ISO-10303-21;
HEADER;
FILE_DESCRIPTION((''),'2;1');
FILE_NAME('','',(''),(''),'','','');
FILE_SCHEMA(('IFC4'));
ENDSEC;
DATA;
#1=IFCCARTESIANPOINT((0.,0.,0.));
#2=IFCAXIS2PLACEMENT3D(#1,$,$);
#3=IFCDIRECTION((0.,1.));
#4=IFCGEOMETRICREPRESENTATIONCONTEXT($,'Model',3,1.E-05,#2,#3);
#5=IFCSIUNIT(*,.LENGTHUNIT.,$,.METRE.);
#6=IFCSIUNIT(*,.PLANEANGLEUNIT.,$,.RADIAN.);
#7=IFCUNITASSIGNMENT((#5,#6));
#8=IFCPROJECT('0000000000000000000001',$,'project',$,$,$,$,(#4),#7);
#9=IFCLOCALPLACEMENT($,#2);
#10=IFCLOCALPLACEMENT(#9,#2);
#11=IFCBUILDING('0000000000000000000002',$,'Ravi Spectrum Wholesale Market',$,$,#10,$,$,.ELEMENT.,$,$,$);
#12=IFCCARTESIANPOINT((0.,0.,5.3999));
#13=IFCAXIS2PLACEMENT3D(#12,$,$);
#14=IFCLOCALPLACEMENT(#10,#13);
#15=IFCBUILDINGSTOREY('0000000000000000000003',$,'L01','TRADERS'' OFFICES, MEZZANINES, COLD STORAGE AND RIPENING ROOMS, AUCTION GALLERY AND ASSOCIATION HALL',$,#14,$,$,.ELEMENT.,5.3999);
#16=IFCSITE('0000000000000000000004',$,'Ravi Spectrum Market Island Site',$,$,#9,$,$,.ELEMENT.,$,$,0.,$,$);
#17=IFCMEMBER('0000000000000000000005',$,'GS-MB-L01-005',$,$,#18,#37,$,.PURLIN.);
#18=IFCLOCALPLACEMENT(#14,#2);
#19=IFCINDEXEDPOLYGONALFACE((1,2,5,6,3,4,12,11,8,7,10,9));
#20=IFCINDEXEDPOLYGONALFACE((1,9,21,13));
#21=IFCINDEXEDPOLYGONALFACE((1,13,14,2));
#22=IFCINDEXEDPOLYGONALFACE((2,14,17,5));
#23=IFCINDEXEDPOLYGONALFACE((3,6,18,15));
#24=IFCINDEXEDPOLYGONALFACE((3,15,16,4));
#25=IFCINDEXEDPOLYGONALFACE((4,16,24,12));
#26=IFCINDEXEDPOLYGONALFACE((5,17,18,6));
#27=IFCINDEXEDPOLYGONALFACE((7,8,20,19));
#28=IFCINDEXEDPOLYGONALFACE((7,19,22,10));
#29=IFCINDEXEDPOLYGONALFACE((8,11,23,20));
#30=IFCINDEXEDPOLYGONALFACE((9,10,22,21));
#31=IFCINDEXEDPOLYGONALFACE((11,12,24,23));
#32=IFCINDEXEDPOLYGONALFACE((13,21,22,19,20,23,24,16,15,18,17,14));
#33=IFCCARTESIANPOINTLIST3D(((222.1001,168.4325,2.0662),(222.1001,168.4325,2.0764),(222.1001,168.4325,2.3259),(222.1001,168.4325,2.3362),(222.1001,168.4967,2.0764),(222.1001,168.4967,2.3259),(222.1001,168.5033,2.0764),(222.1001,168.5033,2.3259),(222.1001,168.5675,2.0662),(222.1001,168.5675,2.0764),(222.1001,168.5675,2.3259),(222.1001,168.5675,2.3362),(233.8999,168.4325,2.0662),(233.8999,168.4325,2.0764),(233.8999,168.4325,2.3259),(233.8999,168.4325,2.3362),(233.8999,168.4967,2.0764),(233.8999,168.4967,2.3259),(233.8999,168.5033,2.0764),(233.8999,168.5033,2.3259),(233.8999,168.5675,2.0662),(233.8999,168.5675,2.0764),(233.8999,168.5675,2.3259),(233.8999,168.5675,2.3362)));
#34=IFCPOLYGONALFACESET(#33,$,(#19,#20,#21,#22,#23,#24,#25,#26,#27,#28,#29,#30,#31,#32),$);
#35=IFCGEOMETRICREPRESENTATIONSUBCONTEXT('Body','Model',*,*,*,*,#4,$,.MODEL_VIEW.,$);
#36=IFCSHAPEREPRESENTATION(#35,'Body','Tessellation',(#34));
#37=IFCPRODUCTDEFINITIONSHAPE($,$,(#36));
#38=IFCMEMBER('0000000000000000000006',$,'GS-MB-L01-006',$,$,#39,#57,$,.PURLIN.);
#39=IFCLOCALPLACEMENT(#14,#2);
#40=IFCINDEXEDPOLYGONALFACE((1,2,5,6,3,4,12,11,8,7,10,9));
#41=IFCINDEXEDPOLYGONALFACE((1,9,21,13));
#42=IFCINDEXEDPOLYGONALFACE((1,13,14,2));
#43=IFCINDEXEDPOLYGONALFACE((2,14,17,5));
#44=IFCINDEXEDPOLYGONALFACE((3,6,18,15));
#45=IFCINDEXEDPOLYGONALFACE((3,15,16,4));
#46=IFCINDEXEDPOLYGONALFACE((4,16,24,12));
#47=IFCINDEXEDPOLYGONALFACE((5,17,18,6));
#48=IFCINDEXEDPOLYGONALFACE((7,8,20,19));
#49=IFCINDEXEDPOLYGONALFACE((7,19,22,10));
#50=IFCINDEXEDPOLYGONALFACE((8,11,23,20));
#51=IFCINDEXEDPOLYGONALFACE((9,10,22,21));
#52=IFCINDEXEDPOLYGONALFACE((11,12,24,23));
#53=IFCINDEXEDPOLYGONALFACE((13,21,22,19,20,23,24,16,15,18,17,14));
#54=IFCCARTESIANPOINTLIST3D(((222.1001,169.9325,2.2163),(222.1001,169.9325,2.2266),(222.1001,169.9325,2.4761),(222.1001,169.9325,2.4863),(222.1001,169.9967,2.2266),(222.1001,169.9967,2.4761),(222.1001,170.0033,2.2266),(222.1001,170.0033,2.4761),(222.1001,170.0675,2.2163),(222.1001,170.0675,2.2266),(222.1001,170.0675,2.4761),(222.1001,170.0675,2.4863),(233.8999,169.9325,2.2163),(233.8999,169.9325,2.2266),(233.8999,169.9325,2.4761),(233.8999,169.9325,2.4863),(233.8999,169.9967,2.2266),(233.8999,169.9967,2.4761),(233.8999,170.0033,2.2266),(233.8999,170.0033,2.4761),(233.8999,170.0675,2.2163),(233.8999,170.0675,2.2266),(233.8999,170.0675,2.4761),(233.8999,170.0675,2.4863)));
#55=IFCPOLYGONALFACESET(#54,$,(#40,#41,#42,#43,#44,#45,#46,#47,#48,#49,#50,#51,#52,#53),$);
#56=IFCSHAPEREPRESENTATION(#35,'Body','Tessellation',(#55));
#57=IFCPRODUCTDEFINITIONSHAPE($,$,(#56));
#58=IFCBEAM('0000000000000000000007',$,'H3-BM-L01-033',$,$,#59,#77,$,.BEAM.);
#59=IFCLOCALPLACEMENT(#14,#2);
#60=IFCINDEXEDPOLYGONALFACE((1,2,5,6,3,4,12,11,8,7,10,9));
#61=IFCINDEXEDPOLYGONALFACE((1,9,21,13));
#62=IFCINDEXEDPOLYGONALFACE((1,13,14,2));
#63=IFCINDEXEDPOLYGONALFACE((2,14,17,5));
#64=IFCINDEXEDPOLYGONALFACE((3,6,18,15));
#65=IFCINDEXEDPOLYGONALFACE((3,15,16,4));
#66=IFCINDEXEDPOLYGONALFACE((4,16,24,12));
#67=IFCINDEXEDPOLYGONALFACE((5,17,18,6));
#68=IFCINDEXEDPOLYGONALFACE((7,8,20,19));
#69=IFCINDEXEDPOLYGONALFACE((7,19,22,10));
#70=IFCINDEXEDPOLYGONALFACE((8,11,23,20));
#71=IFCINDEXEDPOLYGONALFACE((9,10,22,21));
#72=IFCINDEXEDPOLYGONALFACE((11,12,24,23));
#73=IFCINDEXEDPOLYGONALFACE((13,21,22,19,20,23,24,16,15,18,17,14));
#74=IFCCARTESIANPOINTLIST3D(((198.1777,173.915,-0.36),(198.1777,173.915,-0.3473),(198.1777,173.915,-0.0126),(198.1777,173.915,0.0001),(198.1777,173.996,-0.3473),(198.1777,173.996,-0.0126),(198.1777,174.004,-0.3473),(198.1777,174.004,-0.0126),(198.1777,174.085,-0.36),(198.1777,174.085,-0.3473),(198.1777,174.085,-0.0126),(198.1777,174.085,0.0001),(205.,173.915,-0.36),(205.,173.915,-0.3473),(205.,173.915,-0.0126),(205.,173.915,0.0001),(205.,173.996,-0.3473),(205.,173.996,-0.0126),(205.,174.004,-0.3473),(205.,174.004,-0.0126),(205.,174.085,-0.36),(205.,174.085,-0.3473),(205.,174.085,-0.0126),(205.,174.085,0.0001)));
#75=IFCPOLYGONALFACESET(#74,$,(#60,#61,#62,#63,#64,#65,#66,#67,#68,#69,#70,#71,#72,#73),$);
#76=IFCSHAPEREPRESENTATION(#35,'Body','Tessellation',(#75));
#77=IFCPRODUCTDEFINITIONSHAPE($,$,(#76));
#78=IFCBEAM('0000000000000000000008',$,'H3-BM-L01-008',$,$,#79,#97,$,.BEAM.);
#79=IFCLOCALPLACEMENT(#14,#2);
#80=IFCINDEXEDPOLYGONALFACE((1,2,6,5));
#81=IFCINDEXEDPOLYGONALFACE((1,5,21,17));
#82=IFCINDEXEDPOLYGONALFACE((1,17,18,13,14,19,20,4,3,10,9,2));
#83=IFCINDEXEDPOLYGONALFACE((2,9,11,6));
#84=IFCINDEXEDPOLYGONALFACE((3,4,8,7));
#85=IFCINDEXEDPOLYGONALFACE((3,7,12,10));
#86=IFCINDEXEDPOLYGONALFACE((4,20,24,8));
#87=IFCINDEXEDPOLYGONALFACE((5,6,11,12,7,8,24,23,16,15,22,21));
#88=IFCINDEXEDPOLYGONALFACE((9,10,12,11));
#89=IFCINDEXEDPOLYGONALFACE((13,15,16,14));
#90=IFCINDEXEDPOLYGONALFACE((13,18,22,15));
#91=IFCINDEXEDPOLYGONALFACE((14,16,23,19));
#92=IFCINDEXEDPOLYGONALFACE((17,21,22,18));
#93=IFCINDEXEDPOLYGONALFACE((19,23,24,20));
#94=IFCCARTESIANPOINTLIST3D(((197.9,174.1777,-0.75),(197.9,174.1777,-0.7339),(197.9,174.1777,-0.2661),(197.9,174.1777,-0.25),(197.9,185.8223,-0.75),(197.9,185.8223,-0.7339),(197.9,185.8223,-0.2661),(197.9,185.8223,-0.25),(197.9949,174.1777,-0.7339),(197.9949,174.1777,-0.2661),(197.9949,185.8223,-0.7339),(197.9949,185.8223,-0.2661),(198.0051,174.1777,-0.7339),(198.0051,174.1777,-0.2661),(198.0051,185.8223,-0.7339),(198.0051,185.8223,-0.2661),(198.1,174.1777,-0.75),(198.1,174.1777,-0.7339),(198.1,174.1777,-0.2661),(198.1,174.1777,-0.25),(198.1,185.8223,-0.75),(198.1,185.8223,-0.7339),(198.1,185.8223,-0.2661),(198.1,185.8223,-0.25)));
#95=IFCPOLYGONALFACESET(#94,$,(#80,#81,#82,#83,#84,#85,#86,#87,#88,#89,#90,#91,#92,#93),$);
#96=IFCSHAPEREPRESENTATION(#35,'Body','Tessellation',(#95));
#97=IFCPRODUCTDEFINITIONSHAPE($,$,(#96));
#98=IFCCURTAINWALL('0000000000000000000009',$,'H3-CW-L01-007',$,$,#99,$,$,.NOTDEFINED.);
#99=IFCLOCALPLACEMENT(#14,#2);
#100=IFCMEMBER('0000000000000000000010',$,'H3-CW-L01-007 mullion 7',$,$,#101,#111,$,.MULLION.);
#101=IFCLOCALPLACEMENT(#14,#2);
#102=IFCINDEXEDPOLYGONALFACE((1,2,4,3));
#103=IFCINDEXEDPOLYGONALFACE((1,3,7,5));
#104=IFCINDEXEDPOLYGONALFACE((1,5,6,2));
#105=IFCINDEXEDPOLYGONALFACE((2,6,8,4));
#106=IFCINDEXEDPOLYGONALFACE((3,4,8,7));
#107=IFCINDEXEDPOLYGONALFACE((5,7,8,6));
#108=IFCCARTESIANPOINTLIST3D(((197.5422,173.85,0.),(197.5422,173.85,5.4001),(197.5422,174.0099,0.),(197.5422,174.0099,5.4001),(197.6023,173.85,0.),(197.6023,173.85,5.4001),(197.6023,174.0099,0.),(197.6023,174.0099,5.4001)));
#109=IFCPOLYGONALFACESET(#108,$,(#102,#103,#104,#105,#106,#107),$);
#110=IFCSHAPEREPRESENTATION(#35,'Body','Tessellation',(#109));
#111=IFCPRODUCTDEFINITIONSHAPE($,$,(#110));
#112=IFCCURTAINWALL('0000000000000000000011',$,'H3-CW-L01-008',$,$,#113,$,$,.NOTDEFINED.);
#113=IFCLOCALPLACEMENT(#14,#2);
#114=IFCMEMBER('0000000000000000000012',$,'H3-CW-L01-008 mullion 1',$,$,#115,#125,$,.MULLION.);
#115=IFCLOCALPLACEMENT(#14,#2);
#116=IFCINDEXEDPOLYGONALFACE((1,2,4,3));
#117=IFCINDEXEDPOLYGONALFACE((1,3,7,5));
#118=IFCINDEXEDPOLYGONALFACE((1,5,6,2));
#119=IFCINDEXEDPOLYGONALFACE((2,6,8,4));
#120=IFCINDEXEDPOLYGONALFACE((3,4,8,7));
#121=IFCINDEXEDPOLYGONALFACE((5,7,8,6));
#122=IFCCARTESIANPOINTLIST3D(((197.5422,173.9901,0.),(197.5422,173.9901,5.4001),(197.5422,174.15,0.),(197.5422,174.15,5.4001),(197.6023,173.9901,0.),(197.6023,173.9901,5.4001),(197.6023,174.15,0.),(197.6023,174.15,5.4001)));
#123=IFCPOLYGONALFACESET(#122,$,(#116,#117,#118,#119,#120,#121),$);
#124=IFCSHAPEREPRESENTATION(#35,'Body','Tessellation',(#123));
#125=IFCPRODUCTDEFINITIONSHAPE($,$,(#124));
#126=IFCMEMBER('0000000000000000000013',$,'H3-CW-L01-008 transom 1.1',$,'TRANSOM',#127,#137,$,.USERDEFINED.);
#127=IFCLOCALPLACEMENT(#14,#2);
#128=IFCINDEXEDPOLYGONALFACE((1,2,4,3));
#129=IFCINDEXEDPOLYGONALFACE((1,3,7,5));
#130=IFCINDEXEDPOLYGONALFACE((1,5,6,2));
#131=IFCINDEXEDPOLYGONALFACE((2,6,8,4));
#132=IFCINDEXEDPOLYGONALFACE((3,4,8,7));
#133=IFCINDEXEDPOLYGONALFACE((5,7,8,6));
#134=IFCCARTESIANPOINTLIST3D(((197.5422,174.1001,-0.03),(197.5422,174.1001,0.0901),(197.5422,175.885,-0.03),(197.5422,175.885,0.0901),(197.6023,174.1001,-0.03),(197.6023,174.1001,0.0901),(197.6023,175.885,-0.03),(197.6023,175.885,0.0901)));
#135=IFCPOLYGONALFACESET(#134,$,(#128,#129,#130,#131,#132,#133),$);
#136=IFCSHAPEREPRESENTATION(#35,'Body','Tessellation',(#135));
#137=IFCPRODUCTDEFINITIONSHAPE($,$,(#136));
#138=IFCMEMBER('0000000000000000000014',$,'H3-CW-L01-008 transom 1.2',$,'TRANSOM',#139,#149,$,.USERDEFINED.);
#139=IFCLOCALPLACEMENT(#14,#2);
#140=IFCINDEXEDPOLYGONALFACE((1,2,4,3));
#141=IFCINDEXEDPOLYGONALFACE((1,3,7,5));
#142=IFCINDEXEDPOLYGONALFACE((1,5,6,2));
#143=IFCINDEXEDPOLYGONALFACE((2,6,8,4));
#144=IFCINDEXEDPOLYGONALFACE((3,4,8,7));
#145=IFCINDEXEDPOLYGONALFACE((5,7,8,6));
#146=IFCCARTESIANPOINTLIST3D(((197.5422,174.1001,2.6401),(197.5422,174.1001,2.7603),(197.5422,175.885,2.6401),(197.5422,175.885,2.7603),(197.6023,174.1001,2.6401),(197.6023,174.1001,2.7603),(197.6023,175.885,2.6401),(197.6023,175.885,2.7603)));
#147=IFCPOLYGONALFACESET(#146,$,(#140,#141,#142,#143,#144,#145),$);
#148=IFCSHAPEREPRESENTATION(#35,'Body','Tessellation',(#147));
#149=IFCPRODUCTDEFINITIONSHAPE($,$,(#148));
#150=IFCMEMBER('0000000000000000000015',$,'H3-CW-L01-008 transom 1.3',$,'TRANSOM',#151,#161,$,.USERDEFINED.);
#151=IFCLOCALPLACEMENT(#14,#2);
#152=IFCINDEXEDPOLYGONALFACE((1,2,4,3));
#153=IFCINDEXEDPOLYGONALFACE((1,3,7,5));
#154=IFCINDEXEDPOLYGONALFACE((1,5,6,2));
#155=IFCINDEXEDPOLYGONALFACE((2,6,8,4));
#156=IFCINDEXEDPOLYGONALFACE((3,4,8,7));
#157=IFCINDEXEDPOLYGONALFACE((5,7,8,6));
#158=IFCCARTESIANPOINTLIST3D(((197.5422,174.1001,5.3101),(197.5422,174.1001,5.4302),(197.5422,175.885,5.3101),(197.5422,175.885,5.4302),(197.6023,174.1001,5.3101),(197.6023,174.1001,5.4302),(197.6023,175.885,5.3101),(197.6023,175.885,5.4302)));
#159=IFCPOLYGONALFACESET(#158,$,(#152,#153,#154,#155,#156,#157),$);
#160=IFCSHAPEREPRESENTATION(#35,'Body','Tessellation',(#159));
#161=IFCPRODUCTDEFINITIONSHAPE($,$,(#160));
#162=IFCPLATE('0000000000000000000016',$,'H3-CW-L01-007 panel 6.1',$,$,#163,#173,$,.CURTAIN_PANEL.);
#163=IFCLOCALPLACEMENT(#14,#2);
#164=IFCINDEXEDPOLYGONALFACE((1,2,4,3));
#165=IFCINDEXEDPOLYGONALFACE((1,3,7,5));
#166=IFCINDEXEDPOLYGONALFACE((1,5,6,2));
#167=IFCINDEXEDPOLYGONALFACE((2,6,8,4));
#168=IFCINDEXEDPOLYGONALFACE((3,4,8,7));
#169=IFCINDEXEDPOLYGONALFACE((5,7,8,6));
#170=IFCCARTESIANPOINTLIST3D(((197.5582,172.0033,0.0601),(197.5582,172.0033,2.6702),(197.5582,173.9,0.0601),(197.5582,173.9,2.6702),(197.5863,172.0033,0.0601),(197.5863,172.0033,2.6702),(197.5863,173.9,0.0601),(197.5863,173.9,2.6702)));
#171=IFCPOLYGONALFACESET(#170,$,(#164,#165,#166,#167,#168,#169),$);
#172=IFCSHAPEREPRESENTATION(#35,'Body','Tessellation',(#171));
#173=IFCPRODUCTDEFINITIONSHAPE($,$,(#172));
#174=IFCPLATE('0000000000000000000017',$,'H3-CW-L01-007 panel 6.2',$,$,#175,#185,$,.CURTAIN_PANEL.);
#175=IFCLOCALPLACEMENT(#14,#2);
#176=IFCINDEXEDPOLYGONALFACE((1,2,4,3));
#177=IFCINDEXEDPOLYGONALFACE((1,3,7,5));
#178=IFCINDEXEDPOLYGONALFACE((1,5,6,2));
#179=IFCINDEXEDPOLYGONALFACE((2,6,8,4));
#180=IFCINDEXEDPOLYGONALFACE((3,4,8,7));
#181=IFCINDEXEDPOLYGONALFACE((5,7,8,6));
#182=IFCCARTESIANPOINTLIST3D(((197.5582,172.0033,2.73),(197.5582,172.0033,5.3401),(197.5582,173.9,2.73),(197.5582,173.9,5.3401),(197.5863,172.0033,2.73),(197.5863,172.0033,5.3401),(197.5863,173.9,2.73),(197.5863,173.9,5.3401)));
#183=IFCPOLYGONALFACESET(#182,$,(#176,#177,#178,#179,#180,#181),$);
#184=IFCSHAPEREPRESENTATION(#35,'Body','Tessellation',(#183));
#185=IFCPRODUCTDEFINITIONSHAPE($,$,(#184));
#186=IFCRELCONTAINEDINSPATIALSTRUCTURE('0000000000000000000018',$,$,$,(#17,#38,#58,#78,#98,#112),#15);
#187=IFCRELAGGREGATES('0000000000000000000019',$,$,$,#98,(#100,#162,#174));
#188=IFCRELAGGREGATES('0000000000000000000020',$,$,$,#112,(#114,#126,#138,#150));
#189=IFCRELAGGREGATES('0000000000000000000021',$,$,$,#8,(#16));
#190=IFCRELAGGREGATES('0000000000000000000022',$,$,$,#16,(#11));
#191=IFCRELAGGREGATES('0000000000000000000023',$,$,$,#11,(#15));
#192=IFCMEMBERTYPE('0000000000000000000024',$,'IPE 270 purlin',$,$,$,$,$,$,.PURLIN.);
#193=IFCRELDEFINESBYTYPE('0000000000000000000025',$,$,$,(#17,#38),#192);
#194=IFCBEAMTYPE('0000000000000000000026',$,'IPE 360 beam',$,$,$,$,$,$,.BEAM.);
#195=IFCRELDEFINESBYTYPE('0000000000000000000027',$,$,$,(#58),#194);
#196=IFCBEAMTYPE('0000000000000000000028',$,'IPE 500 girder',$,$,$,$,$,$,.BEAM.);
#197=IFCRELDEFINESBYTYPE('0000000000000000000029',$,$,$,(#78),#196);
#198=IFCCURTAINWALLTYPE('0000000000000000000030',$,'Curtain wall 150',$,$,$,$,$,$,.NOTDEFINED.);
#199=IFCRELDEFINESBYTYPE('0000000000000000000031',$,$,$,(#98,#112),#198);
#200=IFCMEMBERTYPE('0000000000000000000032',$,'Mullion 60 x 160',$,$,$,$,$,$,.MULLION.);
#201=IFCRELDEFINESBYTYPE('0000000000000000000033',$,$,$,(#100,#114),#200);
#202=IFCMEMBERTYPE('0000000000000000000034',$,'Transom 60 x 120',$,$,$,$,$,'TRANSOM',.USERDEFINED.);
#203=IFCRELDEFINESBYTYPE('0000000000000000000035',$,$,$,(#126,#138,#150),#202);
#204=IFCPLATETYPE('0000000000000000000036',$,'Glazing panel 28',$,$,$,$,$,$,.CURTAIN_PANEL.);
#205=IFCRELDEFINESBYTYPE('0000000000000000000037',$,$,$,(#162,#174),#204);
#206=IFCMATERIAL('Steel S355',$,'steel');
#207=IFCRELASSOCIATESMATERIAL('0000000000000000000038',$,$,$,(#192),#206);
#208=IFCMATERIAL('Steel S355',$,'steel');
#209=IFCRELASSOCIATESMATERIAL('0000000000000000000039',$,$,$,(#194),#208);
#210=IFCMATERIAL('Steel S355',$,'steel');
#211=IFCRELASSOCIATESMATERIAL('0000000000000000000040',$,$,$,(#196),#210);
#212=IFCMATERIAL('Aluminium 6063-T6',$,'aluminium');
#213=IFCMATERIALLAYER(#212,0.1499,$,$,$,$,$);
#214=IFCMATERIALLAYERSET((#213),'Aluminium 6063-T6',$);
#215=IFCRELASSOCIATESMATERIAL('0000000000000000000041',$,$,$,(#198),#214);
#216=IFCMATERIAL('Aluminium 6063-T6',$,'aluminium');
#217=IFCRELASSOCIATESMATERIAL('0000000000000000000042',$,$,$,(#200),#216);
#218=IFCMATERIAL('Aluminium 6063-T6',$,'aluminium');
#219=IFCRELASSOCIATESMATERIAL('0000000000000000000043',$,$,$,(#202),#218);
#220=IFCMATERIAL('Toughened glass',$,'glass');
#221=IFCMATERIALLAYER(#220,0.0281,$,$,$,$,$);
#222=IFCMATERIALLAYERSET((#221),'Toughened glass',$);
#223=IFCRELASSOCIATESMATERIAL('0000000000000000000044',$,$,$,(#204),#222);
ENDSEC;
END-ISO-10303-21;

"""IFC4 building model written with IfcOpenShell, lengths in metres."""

from ifc_helpers import new_model, si_unit, direction, frame, origin, origin_2d, place, context, subcontext, project, spatial, rectangle, i_section, extrude, material, layer, layer_set, material_profile, profile_set, type_object, element, aggregate, save


model = new_model("IFC4")

# Units and contexts
model_context = context("Model", 3, precision=1e-05, world=origin(), true_north=direction((0.0, 1.0)))
body_context = subcontext(model_context, "Body", "Model", "MODEL_VIEW")
ifc_project = project(units=[si_unit("LENGTHUNIT", "METRE"), si_unit("PLANEANGLEUNIT", "RADIAN")], contexts=[model_context])

# Site, building, storey
site_placement = place(None, origin())
site = spatial("IfcSite", under=ifc_project, at=site_placement, Name="Ravi Spectrum Market Island Site", CompositionType="ELEMENT", RefElevation=0.0)
building_placement = place(site_placement, origin())
building = spatial("IfcBuilding", under=site, at=building_placement, Name="Ravi Spectrum Wholesale Market", CompositionType="ELEMENT")
storey_placement = place(building_placement, frame((0.0, 0.0, 5.3999)))
storey = spatial("IfcBuildingStorey", under=building, at=storey_placement, Name="L01", Description="TRADERS' OFFICES, MEZZANINES, COLD STORAGE AND RIPENING ROOMS, AUCTION GALLERY AND ASSOCIATION HALL", CompositionType="ELEMENT", Elevation=5.3999)

# Members
ifc_material_1 = material(Name="Steel S355", Category="steel")
ifc_material_profile_1 = material_profile(ifc_material_1, i_section(OverallWidth=0.135, OverallDepth=0.27, WebThickness=0.0066, FlangeThickness=0.0103, at=origin_2d()))
ifc_profile_set_1 = profile_set([ifc_material_profile_1], Name="Steel S355")
member_type_1 = type_object("IfcMemberType", Name="IPE 270 purlin", PredefinedType="PURLIN", material=ifc_profile_set_1)
for number, where, z_axis, x_axis, name in (
    (1, (222.1001, 168.5, 2.2012), (1.0, 0.0, 0.0), (0.0, 1.0, 0.0), "GS-MB-L01-005"),
    (2, (222.1001, 170.0, 2.3513), (1.0, 0.0, 0.0), (0.0, 1.0, 0.0), "GS-MB-L01-006"),
):
    element("IfcMember", number, at=place(storey_placement, frame(where, z_axis=z_axis, x_axis=x_axis)), inside=storey, type_object=member_type_1, Name=name, PredefinedType="PURLIN", context=body_context, shape_type="SweptSolid", body=[
        extrude(i_section(OverallWidth=0.135, OverallDepth=0.27, WebThickness=0.0066, FlangeThickness=0.0103, at=origin_2d()), origin(), (0.0, 0.0, 1.0), 11.7998),
    ])

# Beams
ifc_material_2 = material(Name="Steel S355", Category="steel")
ifc_material_profile_2 = material_profile(ifc_material_2, i_section(OverallWidth=0.1699, OverallDepth=0.3601, WebThickness=0.0081, FlangeThickness=0.0127, at=origin_2d()))
ifc_profile_set_2 = profile_set([ifc_material_profile_2], Name="Steel S355")
beam_type_1 = type_object("IfcBeamType", Name="IPE 360 beam", PredefinedType="BEAM", material=ifc_profile_set_2)
beam_1_placement = place(storey_placement, frame((198.1777, 174.0, -0.1799), z_axis=(1.0, 0.0, 0.0), x_axis=(0.0, 1.0, 0.0)))
element("IfcBeam", 3, at=beam_1_placement, inside=storey, type_object=beam_type_1, Name="H3-BM-L01-033", PredefinedType="BEAM", context=body_context, shape_type="SweptSolid", body=[
    extrude(i_section(OverallWidth=0.1699, OverallDepth=0.3601, WebThickness=0.0081, FlangeThickness=0.0127, at=origin_2d()), origin(), (0.0, 0.0, 1.0), 6.8223),
])
ifc_material_3 = material(Name="Steel S355", Category="steel")
ifc_material_profile_3 = material_profile(ifc_material_3, i_section(OverallWidth=0.2, OverallDepth=0.5, WebThickness=0.0103, FlangeThickness=0.0161, at=origin_2d()))
ifc_profile_set_3 = profile_set([ifc_material_profile_3], Name="Steel S355")
beam_type_2 = type_object("IfcBeamType", Name="IPE 500 girder", PredefinedType="BEAM", material=ifc_profile_set_3)
beam_2_placement = place(storey_placement, frame((198.0, 174.1777, -0.5), z_axis=(0.0, 1.0, 0.0), x_axis=(-1.0, 0.0, 0.0)))
element("IfcBeam", 4, at=beam_2_placement, inside=storey, type_object=beam_type_2, Name="H3-BM-L01-008", PredefinedType="BEAM", context=body_context, shape_type="SweptSolid", body=[
    extrude(i_section(OverallWidth=0.2, OverallDepth=0.5, WebThickness=0.0103, FlangeThickness=0.0161, at=origin_2d()), origin(), (0.0, 0.0, 1.0), 11.6445),
])

# Curtain wall, member
ifc_material_4 = material(Name="Aluminium 6063-T6", Category="aluminium")
ifc_layer_1 = layer(ifc_material_4, 0.1499)
ifc_layer_set_1 = layer_set([ifc_layer_1], Name="Aluminium 6063-T6")
curtain_wall_type = type_object("IfcCurtainWallType", Name="Curtain wall 150", PredefinedType="NOTDEFINED", material=ifc_layer_set_1)
curtain_wall_1_placement = place(storey_placement, origin())
curtain_wall_1 = element("IfcCurtainWall", 5, at=curtain_wall_1_placement, inside=storey, type_object=curtain_wall_type, Name="H3-CW-L01-007", PredefinedType="NOTDEFINED")
ifc_material_5 = material(Name="Aluminium 6063-T6", Category="aluminium")
ifc_material_profile_4 = material_profile(ifc_material_5, rectangle(XDim=0.0601, YDim=0.1599, at=origin_2d()))
ifc_profile_set_4 = profile_set([ifc_material_profile_4], Name="Aluminium 6063-T6")
member_type_2 = type_object("IfcMemberType", Name="Mullion 60 x 160", PredefinedType="MULLION", material=ifc_profile_set_4)
member_1_placement = place(storey_placement, frame((197.5723, 173.9299, 0.0), z_axis=(0.0, 0.0, 1.0), x_axis=(-1.0, 0.0, 0.0)))
member_1 = element("IfcMember", 6, at=member_1_placement, type_object=member_type_2, Name="H3-CW-L01-007 mullion 7", PredefinedType="MULLION", context=body_context, shape_type="SweptSolid", body=[
    extrude(rectangle(XDim=0.0601, YDim=0.1599, at=origin_2d()), origin(), (0.0, 0.0, 1.0), 5.4001),
])

# Curtain wall, members
curtain_wall_2_placement = place(storey_placement, origin())
curtain_wall_2 = element("IfcCurtainWall", 7, at=curtain_wall_2_placement, inside=storey, type_object=curtain_wall_type, Name="H3-CW-L01-008", PredefinedType="NOTDEFINED")
member_2_placement = place(storey_placement, frame((197.5723, 174.0701, 0.0), z_axis=(0.0, 0.0, 1.0), x_axis=(-1.0, 0.0, 0.0)))
member_2 = element("IfcMember", 8, at=member_2_placement, type_object=member_type_2, Name="H3-CW-L01-008 mullion 1", PredefinedType="MULLION", context=body_context, shape_type="SweptSolid", body=[
    extrude(rectangle(XDim=0.0601, YDim=0.1599, at=origin_2d()), origin(), (0.0, 0.0, 1.0), 5.4001),
])
ifc_material_6 = material(Name="Aluminium 6063-T6", Category="aluminium")
ifc_material_profile_5 = material_profile(ifc_material_6, rectangle(XDim=0.0601, YDim=0.1201, at=origin_2d()))
ifc_profile_set_5 = profile_set([ifc_material_profile_5], Name="Aluminium 6063-T6")
member_type_3 = type_object("IfcMemberType", Name="Transom 60 x 120", ElementType="TRANSOM", PredefinedType="USERDEFINED", material=ifc_profile_set_5)
member_3_placement = place(storey_placement, frame((197.5723, 174.1001, 0.03), z_axis=(0.0, 1.0, 0.0), x_axis=(-1.0, 0.0, 0.0)))
member_3 = element("IfcMember", 9, at=member_3_placement, type_object=member_type_3, Name="H3-CW-L01-008 transom 1.1", ObjectType="TRANSOM", PredefinedType="USERDEFINED", context=body_context, shape_type="SweptSolid", body=[
    extrude(rectangle(XDim=0.0601, YDim=0.1201, at=origin_2d()), origin(), (0.0, 0.0, 1.0), 1.7849),
])
member_4_placement = place(storey_placement, frame((197.5723, 174.1001, 2.7002), z_axis=(0.0, 1.0, 0.0), x_axis=(-1.0, 0.0, 0.0)))
member_4 = element("IfcMember", 10, at=member_4_placement, type_object=member_type_3, Name="H3-CW-L01-008 transom 1.2", ObjectType="TRANSOM", PredefinedType="USERDEFINED", context=body_context, shape_type="SweptSolid", body=[
    extrude(rectangle(XDim=0.0601, YDim=0.1201, at=origin_2d()), origin(), (0.0, 0.0, 1.0), 1.7849),
])
member_5_placement = place(storey_placement, frame((197.5723, 174.1001, 5.3701), z_axis=(0.0, 1.0, 0.0), x_axis=(-1.0, 0.0, 0.0)))
member_5 = element("IfcMember", 11, at=member_5_placement, type_object=member_type_3, Name="H3-CW-L01-008 transom 1.3", ObjectType="TRANSOM", PredefinedType="USERDEFINED", context=body_context, shape_type="SweptSolid", body=[
    extrude(rectangle(XDim=0.0601, YDim=0.1201, at=origin_2d()), origin(), (0.0, 0.0, 1.0), 1.7849),
])

# Plates
ifc_material_7 = material(Name="Toughened glass", Category="glass")
ifc_layer_2 = layer(ifc_material_7, 0.0281)
ifc_layer_set_2 = layer_set([ifc_layer_2], Name="Toughened glass")
plate_type = type_object("IfcPlateType", Name="Glazing panel 28", PredefinedType="CURTAIN_PANEL", material=ifc_layer_set_2)
plate_1_placement = place(storey_placement, frame((197.5723, 172.9517, 0.0601), z_axis=(0.0, 0.0, 1.0), x_axis=(0.0, 1.0, 0.0)))
plate_1 = element("IfcPlate", 12, at=plate_1_placement, type_object=plate_type, Name="H3-CW-L01-007 panel 6.1", PredefinedType="CURTAIN_PANEL", context=body_context, shape_type="SweptSolid", body=[
    extrude(rectangle(XDim=1.8967, YDim=0.0281, at=origin_2d()), origin(), (0.0, 0.0, 1.0), 2.6101),
])
plate_2_placement = place(storey_placement, frame((197.5723, 172.9517, 2.73), z_axis=(0.0, 0.0, 1.0), x_axis=(0.0, 1.0, 0.0)))
plate_2 = element("IfcPlate", 13, at=plate_2_placement, type_object=plate_type, Name="H3-CW-L01-007 panel 6.2", PredefinedType="CURTAIN_PANEL", context=body_context, shape_type="SweptSolid", body=[
    extrude(rectangle(XDim=1.8967, YDim=0.0281, at=origin_2d()), origin(), (0.0, 0.0, 1.0), 2.6101),
])
aggregate(curtain_wall_1, [member_1, plate_1, plate_2])
aggregate(curtain_wall_2, [member_2, member_3, member_4, member_5])

save(model, "model.ifc")
